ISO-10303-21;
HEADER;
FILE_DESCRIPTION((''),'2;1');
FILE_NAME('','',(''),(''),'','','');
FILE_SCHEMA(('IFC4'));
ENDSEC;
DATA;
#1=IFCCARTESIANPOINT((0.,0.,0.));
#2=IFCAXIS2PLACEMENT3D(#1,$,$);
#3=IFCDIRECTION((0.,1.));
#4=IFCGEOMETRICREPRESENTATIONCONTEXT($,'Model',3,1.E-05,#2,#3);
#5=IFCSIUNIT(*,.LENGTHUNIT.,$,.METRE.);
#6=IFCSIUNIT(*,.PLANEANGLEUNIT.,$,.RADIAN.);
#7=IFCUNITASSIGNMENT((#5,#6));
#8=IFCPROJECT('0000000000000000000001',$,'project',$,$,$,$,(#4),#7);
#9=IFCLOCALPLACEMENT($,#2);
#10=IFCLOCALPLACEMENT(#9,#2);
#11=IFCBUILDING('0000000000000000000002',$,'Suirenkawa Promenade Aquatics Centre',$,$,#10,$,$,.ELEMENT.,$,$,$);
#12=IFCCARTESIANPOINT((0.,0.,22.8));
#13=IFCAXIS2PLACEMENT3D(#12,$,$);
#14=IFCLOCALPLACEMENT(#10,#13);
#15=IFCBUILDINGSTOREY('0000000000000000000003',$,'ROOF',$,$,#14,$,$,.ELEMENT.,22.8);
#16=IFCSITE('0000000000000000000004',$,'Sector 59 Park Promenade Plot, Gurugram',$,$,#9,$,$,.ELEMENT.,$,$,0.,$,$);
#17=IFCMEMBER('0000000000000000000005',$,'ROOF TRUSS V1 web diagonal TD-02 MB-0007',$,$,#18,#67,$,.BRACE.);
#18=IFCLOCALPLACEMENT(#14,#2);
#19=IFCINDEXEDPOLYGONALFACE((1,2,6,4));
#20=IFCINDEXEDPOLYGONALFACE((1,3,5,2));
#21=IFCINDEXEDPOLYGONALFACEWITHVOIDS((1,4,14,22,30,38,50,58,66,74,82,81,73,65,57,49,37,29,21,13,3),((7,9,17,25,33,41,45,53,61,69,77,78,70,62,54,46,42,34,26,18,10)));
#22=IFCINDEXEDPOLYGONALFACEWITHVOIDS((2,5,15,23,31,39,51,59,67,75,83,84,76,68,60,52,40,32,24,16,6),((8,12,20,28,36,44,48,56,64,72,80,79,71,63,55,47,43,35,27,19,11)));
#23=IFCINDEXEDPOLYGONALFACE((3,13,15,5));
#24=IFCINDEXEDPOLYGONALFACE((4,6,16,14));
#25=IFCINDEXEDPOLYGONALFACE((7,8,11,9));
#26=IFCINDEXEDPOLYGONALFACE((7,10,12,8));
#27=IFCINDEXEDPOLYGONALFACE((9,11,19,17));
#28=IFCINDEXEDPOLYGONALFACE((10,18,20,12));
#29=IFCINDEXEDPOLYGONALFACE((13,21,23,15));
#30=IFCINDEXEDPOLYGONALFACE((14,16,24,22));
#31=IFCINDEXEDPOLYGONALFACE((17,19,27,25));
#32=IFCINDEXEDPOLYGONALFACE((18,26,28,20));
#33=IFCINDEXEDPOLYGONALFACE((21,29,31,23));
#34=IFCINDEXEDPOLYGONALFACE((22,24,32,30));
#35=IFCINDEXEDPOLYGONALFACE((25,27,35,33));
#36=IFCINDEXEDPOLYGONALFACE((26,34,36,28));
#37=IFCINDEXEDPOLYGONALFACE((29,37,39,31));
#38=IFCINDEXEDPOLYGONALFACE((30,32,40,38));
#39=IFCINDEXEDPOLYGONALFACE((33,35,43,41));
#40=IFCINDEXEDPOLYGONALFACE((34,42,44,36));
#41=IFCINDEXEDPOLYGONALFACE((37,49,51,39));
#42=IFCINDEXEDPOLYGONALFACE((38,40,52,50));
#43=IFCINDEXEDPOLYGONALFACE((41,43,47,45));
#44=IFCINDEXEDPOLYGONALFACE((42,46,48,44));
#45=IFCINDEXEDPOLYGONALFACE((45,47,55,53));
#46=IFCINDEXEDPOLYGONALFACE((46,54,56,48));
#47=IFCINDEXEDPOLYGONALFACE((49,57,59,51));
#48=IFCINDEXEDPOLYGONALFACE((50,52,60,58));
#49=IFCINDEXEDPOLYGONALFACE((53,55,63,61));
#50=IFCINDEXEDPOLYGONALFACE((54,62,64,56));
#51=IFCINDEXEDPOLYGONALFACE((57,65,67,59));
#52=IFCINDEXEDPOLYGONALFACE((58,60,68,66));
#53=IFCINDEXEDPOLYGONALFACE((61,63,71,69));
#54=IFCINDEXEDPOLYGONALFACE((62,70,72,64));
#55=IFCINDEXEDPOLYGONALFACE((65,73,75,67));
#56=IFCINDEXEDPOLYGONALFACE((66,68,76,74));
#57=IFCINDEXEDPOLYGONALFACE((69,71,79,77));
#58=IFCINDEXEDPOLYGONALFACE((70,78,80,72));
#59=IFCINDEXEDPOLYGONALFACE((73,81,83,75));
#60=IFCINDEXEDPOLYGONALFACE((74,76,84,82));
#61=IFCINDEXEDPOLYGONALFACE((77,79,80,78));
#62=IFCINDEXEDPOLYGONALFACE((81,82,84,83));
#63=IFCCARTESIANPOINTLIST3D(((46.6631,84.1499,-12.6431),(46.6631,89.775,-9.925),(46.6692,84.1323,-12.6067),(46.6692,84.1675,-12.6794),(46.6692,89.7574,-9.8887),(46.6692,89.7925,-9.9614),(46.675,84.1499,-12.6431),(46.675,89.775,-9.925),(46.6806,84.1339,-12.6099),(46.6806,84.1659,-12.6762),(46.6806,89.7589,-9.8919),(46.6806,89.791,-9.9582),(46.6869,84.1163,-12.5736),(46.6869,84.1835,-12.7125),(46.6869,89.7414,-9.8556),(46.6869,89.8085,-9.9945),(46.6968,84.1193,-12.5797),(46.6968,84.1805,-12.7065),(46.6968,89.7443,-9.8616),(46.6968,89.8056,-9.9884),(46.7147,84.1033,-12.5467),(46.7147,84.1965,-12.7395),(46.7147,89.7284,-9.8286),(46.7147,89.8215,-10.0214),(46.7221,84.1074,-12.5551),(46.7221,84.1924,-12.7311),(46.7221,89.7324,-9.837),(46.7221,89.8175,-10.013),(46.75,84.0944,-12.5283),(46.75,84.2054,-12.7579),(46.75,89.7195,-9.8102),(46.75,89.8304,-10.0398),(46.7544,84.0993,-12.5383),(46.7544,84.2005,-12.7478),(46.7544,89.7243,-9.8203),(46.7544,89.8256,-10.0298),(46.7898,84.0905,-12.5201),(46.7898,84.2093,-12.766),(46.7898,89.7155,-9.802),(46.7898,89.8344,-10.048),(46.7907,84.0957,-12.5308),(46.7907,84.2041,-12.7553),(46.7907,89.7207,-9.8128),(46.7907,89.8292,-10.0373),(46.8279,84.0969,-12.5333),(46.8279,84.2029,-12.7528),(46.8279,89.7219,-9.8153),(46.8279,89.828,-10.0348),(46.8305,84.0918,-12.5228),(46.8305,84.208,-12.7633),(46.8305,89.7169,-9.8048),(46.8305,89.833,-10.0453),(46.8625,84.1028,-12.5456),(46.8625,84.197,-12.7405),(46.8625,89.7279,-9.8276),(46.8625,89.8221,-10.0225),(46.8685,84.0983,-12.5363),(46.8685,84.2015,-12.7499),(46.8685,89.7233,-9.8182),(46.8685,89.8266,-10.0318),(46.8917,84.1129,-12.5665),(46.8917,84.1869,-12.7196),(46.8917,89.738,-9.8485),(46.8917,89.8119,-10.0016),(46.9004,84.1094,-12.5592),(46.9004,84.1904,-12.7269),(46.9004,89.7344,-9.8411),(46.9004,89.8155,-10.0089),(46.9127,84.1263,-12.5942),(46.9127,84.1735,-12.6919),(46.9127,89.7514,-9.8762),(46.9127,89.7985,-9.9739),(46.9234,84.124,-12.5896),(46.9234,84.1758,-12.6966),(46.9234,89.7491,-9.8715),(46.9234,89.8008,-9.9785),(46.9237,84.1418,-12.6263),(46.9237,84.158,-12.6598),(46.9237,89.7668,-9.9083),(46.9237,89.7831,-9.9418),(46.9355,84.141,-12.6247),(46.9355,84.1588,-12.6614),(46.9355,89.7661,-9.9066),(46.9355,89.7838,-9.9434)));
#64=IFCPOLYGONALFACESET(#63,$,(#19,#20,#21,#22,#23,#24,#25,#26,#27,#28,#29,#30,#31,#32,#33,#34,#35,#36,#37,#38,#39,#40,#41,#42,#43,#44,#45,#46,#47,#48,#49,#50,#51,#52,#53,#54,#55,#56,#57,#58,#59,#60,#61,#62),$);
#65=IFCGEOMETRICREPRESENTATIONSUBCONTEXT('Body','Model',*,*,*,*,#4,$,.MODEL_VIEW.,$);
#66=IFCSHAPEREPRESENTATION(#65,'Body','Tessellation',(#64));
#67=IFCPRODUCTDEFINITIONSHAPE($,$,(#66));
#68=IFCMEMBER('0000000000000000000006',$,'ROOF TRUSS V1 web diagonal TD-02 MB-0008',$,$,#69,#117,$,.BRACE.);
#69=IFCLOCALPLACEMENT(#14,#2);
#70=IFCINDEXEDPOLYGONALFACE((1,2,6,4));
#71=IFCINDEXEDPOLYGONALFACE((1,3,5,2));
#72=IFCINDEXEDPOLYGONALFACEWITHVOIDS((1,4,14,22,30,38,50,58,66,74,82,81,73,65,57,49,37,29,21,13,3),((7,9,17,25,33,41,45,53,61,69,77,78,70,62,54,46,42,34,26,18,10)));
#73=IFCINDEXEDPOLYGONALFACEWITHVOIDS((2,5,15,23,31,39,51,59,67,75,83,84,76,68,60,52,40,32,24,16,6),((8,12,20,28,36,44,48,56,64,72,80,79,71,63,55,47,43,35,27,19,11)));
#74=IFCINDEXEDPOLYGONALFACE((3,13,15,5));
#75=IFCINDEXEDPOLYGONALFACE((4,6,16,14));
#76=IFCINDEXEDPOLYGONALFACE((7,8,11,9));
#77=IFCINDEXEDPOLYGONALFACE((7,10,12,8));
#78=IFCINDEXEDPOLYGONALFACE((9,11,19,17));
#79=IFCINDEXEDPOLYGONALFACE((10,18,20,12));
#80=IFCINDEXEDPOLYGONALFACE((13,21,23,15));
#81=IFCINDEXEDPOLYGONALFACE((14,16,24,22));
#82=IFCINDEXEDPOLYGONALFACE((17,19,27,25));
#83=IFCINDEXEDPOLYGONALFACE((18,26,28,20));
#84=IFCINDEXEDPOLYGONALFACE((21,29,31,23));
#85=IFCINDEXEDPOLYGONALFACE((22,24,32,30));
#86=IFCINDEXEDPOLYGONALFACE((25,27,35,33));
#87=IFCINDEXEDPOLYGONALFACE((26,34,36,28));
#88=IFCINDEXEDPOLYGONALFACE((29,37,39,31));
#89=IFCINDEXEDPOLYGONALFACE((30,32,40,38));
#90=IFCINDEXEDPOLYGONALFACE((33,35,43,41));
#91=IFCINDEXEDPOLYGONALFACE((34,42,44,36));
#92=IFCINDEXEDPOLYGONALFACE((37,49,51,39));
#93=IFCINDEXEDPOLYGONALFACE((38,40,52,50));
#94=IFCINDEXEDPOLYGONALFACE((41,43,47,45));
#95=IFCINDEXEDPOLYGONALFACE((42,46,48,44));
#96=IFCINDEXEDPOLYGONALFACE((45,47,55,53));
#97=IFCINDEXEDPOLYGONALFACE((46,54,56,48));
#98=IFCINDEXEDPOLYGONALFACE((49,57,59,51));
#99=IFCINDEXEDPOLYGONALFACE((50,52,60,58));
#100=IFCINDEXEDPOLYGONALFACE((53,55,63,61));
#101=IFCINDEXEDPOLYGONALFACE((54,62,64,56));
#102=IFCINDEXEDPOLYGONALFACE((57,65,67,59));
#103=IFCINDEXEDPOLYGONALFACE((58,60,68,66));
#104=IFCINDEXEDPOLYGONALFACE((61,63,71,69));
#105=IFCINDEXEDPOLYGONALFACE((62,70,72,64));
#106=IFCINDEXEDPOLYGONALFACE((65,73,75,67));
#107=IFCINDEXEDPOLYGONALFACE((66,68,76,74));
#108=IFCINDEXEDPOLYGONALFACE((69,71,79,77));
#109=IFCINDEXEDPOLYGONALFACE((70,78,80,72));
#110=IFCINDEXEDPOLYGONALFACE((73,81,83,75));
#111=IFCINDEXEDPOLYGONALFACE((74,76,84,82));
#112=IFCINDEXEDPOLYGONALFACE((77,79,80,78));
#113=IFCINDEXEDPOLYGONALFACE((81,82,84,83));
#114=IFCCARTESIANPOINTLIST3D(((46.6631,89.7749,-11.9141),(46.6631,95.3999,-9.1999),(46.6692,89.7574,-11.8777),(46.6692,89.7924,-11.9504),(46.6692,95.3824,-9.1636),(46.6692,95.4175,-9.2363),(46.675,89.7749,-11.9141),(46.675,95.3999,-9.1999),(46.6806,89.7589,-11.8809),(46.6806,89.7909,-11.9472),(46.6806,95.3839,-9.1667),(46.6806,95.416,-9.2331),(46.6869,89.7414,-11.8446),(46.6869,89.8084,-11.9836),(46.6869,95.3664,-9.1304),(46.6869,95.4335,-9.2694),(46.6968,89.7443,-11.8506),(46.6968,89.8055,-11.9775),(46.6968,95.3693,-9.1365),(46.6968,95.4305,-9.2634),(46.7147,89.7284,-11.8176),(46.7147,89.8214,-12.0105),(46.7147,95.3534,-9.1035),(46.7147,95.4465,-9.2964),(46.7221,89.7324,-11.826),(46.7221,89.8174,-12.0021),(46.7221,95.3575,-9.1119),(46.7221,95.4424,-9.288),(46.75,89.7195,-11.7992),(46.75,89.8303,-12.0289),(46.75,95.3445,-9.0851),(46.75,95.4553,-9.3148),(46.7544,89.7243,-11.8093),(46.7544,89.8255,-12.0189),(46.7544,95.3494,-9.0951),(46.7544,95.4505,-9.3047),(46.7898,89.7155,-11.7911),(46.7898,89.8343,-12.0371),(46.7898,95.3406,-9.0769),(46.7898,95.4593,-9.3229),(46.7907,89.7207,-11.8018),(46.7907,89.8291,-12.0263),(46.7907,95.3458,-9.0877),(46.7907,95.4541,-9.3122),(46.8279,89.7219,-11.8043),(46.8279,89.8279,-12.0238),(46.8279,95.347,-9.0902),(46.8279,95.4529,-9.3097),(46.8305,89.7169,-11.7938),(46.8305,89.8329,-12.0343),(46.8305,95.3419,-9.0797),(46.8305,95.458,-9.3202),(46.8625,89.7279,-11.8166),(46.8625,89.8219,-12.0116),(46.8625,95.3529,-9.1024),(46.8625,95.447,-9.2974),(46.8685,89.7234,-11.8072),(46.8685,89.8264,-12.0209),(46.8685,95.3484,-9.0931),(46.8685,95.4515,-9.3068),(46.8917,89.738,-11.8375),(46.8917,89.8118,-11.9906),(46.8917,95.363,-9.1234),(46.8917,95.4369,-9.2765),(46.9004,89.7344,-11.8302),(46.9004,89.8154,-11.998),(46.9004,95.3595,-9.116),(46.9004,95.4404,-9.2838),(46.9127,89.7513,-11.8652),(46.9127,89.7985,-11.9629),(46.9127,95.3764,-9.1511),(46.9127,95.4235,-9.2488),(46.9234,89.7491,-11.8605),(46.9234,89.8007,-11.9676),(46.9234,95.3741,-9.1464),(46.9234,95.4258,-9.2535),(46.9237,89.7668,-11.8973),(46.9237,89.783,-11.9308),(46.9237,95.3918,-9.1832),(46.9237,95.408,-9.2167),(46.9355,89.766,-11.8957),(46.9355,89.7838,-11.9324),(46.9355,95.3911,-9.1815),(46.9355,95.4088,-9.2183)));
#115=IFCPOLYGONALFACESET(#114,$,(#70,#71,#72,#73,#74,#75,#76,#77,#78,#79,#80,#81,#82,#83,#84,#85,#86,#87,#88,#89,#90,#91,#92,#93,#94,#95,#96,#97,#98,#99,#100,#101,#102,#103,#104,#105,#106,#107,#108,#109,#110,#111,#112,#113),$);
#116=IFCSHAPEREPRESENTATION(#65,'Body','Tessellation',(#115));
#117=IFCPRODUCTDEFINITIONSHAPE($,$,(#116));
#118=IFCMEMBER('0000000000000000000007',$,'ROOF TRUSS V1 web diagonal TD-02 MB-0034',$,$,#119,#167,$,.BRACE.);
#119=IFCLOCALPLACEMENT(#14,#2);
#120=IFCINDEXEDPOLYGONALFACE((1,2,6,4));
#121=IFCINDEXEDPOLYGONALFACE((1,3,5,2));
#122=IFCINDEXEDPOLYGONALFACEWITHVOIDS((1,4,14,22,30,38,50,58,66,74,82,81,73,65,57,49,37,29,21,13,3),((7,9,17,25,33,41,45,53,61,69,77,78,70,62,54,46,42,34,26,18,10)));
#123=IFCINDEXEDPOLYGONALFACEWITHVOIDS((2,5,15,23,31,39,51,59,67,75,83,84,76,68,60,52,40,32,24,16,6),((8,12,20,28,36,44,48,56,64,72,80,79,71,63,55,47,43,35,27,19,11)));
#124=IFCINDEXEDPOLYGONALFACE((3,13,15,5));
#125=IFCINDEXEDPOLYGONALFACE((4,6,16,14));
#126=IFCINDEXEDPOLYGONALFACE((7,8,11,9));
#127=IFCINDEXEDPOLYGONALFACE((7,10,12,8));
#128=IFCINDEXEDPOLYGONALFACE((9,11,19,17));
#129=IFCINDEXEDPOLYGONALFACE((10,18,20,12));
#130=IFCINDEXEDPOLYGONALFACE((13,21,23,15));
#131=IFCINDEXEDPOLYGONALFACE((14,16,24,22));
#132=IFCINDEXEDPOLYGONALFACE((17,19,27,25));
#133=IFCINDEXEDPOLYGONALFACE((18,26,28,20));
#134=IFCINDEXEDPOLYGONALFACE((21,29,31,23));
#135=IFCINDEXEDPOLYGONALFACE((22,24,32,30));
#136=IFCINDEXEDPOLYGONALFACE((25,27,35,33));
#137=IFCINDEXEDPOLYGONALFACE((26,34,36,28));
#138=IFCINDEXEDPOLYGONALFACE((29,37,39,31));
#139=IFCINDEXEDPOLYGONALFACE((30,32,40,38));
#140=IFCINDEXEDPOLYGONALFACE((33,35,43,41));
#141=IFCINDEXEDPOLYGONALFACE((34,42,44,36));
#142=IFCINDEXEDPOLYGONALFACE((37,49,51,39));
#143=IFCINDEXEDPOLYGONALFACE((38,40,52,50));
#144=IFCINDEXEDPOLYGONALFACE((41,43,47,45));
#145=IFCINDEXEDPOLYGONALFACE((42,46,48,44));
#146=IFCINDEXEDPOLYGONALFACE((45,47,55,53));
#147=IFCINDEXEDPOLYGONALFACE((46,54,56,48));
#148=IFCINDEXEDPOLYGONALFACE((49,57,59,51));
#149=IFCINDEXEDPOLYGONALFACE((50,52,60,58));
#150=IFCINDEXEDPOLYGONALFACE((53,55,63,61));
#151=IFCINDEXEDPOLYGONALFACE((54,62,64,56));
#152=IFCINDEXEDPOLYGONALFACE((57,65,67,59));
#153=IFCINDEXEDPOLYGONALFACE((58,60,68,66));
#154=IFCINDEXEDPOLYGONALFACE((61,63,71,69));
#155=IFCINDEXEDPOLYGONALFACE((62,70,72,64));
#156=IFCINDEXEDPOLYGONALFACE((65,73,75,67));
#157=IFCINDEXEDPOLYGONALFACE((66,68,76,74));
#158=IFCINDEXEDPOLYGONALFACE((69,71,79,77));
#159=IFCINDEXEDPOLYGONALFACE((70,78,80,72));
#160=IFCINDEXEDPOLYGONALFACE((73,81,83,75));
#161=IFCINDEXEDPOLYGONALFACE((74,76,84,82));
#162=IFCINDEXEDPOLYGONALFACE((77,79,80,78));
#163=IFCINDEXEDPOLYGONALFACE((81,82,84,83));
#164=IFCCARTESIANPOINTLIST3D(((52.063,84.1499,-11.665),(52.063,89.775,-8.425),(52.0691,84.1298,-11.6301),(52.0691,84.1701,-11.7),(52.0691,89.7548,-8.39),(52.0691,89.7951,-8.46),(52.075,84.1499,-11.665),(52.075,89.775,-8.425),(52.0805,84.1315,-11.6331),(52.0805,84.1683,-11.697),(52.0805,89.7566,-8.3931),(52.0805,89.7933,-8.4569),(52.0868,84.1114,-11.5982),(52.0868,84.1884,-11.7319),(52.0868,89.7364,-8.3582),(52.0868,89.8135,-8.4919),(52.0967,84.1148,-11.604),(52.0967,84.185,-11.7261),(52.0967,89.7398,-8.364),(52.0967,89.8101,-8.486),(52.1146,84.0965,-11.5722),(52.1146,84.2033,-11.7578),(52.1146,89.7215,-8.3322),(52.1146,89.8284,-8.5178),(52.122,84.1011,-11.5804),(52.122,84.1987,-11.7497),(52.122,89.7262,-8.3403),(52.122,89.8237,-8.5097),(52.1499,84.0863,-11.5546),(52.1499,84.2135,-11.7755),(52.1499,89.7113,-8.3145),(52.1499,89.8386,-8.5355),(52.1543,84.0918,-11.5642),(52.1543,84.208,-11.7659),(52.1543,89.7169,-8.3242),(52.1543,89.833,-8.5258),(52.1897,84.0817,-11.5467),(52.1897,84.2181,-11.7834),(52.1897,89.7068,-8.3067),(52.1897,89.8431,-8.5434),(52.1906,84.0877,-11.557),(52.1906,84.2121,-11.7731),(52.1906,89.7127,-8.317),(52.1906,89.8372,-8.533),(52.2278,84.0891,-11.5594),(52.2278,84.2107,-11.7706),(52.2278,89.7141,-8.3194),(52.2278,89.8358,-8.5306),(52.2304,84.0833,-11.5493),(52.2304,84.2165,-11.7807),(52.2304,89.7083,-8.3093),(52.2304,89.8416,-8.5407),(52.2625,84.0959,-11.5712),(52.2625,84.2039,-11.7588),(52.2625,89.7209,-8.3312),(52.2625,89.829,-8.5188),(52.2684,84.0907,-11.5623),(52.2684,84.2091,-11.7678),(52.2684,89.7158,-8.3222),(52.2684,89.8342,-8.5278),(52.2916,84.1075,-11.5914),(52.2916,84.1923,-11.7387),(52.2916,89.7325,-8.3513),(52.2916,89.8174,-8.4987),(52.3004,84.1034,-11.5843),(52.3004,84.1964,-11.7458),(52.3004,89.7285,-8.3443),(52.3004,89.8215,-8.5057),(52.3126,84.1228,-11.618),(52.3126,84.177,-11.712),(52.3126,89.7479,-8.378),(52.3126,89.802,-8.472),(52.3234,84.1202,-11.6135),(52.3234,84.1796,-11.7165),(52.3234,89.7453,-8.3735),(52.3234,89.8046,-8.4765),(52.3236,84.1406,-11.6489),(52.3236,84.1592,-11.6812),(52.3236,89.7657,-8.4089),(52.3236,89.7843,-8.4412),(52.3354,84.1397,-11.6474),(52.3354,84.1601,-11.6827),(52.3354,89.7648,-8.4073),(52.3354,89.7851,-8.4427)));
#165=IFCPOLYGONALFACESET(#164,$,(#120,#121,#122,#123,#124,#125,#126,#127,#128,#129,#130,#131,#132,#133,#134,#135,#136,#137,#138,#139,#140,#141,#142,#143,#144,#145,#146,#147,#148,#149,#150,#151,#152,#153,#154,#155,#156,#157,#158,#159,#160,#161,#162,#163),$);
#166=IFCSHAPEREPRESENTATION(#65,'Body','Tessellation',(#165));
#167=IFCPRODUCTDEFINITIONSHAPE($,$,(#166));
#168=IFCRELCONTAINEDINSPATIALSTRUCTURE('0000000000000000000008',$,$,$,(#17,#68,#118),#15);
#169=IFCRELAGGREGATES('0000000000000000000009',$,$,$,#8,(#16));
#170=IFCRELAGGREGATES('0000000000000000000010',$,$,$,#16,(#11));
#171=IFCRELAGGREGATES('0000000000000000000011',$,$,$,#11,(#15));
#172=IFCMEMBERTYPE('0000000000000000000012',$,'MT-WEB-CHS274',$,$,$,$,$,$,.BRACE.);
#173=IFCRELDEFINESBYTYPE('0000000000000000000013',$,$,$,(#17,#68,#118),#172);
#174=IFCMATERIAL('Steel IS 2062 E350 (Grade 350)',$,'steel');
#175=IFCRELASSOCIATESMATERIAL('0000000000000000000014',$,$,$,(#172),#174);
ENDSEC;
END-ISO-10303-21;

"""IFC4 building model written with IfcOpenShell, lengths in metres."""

from ifc_helpers import new_model, si_unit, direction, frame, origin, origin_2d, place, context, subcontext, project, spatial, hollow_circle, extrude, material, material_profile, profile_set, type_object, element, save


model = new_model("IFC4")

# Units and contexts
model_context = context("Model", 3, precision=1e-05, world=origin(), true_north=direction((0.0, 1.0)))
body_context = subcontext(model_context, "Body", "Model", "MODEL_VIEW")
ifc_project = project(units=[si_unit("LENGTHUNIT", "METRE"), si_unit("PLANEANGLEUNIT", "RADIAN")], contexts=[model_context])

# Site, building, storey
site_placement = place(None, origin())
site = spatial("IfcSite", under=ifc_project, at=site_placement, Name="Sector 59 Park Promenade Plot, Gurugram", CompositionType="ELEMENT", RefElevation=0.0)
building_placement = place(site_placement, origin())
building = spatial("IfcBuilding", under=site, at=building_placement, Name="Suirenkawa Promenade Aquatics Centre", CompositionType="ELEMENT")
storey_placement = place(building_placement, frame((0.0, 0.0, 22.8)))
storey = spatial("IfcBuildingStorey", under=building, at=storey_placement, Name="ROOF", CompositionType="ELEMENT", Elevation=22.8)

# Shared definitions
ifc_material = material(Name="Steel IS 2062 E350 (Grade 350)", Category="steel")

# Members
ifc_material_profile_1 = material_profile(ifc_material, hollow_circle(Radius=0.137, WallThickness=0.012, at=origin_2d()), Name="CHS 274x12", Category="steel")
ifc_profile_set_1 = profile_set([ifc_material_profile_1], Name="Steel IS 2062 E350 (Grade 350)")
member_type_1 = type_object("IfcMemberType", Name="MT-WEB-CHS274", PredefinedType="BRACE", material=ifc_profile_set_1)
member_1_placement = place(storey_placement, frame((46.8, 84.1499, -12.6431), z_axis=(0.0, 0.900395, 0.435074), x_axis=(-1.0, 0.0, 0.0)))
element("IfcMember", 1, at=member_1_placement, inside=storey, type_object=member_type_1, Name="ROOF TRUSS V1 web diagonal TD-02 MB-0007", PredefinedType="BRACE", context=body_context, shape_type="SweptSolid", body=[
    extrude(hollow_circle(Radius=0.137, WallThickness=0.012, at=origin_2d()), origin(), (0.0, 0.0, 1.0), 6.2473),
])
member_2_placement = place(storey_placement, frame((46.8, 89.7749, -11.9141), z_axis=(0.0, 0.90064, 0.434566), x_axis=(-1.0, 0.0, 0.0)))
element("IfcMember", 2, at=member_2_placement, inside=storey, type_object=member_type_1, Name="ROOF TRUSS V1 web diagonal TD-02 MB-0008", PredefinedType="BRACE", context=body_context, shape_type="SweptSolid", body=[
    extrude(hollow_circle(Radius=0.137, WallThickness=0.012, at=origin_2d()), origin(), (0.0, 0.0, 1.0), 6.2456),
])
member_3_placement = place(storey_placement, frame((52.2, 84.1499, -11.665), z_axis=(0.0, 0.866532, 0.499121), x_axis=(-1.0, 0.0, 0.0)))
element("IfcMember", 3, at=member_3_placement, inside=storey, type_object=member_type_1, Name="ROOF TRUSS V1 web diagonal TD-02 MB-0034", PredefinedType="BRACE", context=body_context, shape_type="SweptSolid", body=[
    extrude(hollow_circle(Radius=0.137, WallThickness=0.012, at=origin_2d()), origin(), (0.0, 0.0, 1.0), 6.4915),
])

save(model, "model.ifc")
